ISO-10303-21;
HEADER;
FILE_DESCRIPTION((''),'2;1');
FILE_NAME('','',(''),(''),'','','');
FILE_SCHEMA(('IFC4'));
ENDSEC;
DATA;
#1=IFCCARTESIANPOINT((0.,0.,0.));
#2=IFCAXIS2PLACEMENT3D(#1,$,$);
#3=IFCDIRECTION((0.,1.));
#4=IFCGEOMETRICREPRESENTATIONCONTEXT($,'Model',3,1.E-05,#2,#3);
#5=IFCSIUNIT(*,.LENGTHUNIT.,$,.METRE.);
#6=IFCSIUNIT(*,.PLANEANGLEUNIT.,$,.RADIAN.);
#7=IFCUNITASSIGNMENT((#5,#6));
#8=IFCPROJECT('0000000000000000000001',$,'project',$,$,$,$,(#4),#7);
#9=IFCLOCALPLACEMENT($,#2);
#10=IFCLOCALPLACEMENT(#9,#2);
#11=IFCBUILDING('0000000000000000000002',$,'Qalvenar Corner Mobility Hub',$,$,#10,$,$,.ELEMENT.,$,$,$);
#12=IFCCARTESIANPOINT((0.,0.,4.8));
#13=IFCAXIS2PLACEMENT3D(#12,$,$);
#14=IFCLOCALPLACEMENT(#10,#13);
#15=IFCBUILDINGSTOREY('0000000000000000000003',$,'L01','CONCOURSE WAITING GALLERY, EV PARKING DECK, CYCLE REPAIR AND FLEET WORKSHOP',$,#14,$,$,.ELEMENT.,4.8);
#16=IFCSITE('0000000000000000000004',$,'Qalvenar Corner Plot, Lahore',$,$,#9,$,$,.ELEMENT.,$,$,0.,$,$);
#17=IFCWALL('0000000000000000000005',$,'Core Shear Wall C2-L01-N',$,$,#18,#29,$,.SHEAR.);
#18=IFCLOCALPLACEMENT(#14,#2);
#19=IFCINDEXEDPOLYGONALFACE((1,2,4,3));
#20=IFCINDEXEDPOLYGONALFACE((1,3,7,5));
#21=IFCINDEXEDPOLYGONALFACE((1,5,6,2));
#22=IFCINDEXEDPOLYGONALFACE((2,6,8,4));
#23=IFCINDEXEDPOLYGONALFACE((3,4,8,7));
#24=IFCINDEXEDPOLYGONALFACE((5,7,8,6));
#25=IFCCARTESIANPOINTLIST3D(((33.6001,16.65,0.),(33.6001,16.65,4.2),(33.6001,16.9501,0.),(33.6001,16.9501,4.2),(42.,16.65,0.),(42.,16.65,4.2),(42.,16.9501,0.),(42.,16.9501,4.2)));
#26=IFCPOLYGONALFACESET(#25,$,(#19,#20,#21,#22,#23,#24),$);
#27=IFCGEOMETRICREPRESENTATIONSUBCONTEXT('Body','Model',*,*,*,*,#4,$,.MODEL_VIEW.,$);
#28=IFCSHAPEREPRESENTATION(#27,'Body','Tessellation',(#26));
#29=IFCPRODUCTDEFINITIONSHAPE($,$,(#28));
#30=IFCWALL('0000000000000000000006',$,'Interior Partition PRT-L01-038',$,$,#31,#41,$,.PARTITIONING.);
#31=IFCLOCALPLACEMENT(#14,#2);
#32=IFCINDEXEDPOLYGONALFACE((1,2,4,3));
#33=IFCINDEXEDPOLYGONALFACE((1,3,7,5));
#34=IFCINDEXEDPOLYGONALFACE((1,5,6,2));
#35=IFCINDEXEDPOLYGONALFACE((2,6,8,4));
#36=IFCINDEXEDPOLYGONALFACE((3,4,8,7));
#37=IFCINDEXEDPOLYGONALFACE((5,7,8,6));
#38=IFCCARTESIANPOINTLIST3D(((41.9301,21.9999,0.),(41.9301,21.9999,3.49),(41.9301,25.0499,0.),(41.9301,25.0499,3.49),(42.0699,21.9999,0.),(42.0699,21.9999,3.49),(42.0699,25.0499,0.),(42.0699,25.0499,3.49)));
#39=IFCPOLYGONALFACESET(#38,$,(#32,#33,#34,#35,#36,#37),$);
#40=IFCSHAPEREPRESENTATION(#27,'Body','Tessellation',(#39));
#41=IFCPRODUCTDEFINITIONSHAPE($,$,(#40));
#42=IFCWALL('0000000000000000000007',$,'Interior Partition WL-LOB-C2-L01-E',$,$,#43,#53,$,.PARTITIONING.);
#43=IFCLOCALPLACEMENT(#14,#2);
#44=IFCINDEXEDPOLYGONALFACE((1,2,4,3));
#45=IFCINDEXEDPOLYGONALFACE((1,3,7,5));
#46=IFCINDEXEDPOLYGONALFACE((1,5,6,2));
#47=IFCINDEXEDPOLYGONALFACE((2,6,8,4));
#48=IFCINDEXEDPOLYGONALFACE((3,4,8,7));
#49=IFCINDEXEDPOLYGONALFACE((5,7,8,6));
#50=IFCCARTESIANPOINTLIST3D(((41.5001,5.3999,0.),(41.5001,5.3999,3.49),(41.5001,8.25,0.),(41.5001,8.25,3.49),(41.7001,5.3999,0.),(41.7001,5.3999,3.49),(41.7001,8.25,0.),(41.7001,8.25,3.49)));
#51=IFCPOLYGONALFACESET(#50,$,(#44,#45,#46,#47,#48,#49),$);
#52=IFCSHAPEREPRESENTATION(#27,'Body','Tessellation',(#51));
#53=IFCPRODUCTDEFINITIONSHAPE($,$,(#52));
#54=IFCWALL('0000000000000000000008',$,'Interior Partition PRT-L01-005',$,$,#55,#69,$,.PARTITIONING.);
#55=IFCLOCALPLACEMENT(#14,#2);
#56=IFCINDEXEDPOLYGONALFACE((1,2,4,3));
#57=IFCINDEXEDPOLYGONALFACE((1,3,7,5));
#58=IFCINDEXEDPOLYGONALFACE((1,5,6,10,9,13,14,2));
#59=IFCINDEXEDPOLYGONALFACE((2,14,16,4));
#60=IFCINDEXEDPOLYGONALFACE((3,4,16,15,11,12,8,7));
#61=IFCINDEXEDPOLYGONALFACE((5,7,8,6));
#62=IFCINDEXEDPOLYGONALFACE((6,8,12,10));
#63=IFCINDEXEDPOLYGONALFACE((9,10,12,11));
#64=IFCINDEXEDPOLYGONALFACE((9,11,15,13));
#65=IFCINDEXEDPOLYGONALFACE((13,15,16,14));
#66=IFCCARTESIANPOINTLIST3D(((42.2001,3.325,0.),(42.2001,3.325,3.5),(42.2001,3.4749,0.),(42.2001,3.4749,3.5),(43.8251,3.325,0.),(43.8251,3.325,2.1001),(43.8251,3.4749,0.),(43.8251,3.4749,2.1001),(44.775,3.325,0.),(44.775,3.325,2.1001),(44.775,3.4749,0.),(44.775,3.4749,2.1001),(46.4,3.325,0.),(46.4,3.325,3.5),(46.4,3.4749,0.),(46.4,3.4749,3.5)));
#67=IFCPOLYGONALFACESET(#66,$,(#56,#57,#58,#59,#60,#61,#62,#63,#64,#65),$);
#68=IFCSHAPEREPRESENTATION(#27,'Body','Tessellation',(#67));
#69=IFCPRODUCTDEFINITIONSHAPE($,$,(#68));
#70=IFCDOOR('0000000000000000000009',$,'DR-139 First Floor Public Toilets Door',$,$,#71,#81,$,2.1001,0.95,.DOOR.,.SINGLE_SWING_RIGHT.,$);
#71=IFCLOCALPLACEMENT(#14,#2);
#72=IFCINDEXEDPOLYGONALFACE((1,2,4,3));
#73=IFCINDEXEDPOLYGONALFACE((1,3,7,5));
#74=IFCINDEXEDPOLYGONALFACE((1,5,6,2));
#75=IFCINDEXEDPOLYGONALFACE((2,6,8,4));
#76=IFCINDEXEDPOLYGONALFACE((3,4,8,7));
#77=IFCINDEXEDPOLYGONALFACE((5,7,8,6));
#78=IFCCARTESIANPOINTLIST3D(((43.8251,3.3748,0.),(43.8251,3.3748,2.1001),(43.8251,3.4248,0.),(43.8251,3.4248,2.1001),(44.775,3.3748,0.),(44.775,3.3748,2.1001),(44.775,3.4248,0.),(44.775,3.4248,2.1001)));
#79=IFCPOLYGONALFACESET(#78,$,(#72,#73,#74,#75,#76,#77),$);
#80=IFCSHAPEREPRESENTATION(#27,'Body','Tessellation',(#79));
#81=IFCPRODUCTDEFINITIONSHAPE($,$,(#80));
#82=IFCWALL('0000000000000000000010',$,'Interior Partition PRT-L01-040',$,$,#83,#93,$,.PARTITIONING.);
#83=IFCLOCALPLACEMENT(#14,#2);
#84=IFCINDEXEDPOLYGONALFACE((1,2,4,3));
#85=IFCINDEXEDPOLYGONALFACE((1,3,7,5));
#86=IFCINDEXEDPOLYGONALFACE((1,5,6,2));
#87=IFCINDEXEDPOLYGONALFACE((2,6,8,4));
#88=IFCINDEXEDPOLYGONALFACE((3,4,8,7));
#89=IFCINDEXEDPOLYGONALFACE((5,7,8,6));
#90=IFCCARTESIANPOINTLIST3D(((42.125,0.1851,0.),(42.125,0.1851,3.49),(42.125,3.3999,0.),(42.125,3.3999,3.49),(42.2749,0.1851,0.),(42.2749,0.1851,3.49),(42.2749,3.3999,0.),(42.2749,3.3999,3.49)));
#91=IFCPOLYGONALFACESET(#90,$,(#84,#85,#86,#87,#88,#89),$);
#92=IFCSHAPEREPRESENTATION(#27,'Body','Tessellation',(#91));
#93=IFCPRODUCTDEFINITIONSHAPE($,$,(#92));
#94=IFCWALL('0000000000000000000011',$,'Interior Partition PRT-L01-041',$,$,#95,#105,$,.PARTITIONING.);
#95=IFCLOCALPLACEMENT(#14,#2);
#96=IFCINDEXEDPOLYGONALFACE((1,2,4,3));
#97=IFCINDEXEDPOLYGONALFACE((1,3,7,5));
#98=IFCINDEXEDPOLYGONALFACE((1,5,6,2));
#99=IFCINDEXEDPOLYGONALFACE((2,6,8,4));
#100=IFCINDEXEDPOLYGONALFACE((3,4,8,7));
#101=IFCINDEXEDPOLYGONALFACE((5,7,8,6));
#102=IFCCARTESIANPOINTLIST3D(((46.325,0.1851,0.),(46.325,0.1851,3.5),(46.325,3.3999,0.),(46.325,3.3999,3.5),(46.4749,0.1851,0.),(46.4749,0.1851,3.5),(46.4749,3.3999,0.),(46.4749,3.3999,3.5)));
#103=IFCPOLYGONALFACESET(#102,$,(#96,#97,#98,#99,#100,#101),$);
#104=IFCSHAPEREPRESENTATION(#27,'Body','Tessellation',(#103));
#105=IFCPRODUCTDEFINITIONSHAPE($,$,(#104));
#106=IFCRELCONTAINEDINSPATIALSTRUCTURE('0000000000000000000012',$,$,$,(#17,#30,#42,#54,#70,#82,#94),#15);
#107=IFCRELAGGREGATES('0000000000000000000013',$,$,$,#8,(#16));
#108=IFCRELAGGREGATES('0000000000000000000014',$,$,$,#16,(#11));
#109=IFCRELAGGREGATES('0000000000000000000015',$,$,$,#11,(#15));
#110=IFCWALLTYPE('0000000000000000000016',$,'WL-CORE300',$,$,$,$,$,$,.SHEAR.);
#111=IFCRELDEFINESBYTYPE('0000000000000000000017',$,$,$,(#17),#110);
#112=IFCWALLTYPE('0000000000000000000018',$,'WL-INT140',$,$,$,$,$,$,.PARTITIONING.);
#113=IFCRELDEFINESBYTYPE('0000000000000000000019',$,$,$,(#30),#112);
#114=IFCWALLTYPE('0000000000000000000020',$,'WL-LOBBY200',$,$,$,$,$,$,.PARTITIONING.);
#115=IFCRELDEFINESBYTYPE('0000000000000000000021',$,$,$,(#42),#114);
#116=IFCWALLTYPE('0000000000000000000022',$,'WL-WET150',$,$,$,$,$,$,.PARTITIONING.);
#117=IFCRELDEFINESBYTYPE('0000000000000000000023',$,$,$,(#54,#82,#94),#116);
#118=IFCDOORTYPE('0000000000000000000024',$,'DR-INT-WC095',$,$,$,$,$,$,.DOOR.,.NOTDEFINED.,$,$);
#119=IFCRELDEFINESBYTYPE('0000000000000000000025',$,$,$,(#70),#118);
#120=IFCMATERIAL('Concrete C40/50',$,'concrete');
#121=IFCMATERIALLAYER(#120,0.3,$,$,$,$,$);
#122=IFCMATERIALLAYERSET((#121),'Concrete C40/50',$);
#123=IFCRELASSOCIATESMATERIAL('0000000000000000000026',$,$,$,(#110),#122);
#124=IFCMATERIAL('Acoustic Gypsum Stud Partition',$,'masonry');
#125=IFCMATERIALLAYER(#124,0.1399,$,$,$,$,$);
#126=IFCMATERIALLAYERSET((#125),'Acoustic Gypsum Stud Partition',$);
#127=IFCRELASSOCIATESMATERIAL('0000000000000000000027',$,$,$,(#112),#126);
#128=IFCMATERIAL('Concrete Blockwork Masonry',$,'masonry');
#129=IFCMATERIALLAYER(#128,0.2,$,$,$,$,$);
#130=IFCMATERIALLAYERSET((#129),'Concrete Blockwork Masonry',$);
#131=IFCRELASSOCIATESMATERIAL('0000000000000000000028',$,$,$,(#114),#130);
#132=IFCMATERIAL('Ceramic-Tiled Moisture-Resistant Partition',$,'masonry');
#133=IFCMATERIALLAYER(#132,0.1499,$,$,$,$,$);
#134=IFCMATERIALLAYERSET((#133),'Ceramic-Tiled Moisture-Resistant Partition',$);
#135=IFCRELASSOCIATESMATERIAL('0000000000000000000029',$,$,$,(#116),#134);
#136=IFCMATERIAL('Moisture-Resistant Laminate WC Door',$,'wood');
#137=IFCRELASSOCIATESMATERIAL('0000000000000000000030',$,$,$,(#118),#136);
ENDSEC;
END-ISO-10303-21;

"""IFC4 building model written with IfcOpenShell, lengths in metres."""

from ifc_helpers import new_model, si_unit, direction, frame, frame_2d, origin, place, context, subcontext, project, spatial, rectangle, extrude, material, layer, layer_set, type_object, element, fill, save


model = new_model("IFC4")

# Units and contexts
model_context = context("Model", 3, precision=1e-05, world=origin(), true_north=direction((0.0, 1.0)))
body_context = subcontext(model_context, "Body", "Model", "MODEL_VIEW")
ifc_project = project(units=[si_unit("LENGTHUNIT", "METRE"), si_unit("PLANEANGLEUNIT", "RADIAN")], contexts=[model_context])

# Site, building, storey
site_placement = place(None, origin())
site = spatial("IfcSite", under=ifc_project, at=site_placement, Name="Qalvenar Corner Plot, Lahore", CompositionType="ELEMENT", RefElevation=0.0)
building_placement = place(site_placement, origin())
building = spatial("IfcBuilding", under=site, at=building_placement, Name="Qalvenar Corner Mobility Hub", CompositionType="ELEMENT")
storey_placement = place(building_placement, frame((0.0, 0.0, 4.8)))
storey = spatial("IfcBuildingStorey", under=building, at=storey_placement, Name="L01", Description="CONCOURSE WAITING GALLERY, EV PARKING DECK, CYCLE REPAIR AND FLEET WORKSHOP", CompositionType="ELEMENT", Elevation=4.8)

# Walls
ifc_material_1 = material(Name="Concrete C40/50", Category="concrete")
ifc_layer_1 = layer(ifc_material_1, 0.3)
ifc_layer_set_1 = layer_set([ifc_layer_1], Name="Concrete C40/50")
wall_type_1 = type_object("IfcWallType", Name="WL-CORE300", PredefinedType="SHEAR", material=ifc_layer_set_1)
wall_1_placement = place(storey_placement, frame((42.0, 16.8, 0.0), z_axis=(0.0, 0.0, 1.0), x_axis=(-1.0, 0.0, 0.0)))
element("IfcWall", 1, at=wall_1_placement, inside=storey, type_object=wall_type_1, Name="Core Shear Wall C2-L01-N", PredefinedType="SHEAR", context=body_context, shape_type="SweptSolid", body=[
    extrude(rectangle(XDim=8.3999, YDim=0.3, at=frame_2d((4.2, 0.0))), origin(), (0.0, 0.0, 1.0), 4.2),
])
ifc_material_2 = material(Name="Acoustic Gypsum Stud Partition", Category="masonry")
ifc_layer_2 = layer(ifc_material_2, 0.1399)
ifc_layer_set_2 = layer_set([ifc_layer_2], Name="Acoustic Gypsum Stud Partition")
wall_type_2 = type_object("IfcWallType", Name="WL-INT140", PredefinedType="PARTITIONING", material=ifc_layer_set_2)
wall_2_placement = place(storey_placement, frame((42.0, 22.0, 0.0), z_axis=(0.0, 0.0, 1.0), x_axis=(0.0, 1.0, 0.0)))
element("IfcWall", 2, at=wall_2_placement, inside=storey, type_object=wall_type_2, Name="Interior Partition PRT-L01-038", PredefinedType="PARTITIONING", context=body_context, shape_type="SweptSolid", body=[
    extrude(rectangle(XDim=3.05, YDim=0.1399, at=frame_2d((1.5249, 0.0))), origin(), (0.0, 0.0, 1.0), 3.49),
])
ifc_material_3 = material(Name="Concrete Blockwork Masonry", Category="masonry")
ifc_layer_3 = layer(ifc_material_3, 0.2)
ifc_layer_set_3 = layer_set([ifc_layer_3], Name="Concrete Blockwork Masonry")
wall_type_3 = type_object("IfcWallType", Name="WL-LOBBY200", PredefinedType="PARTITIONING", material=ifc_layer_set_3)
wall_3_placement = place(storey_placement, frame((41.6001, 5.3999, 0.0), z_axis=(0.0, 0.0, 1.0), x_axis=(0.0, 1.0, 0.0)))
element("IfcWall", 3, at=wall_3_placement, inside=storey, type_object=wall_type_3, Name="Interior Partition WL-LOB-C2-L01-E", PredefinedType="PARTITIONING", context=body_context, shape_type="SweptSolid", body=[
    extrude(rectangle(XDim=2.8501, YDim=0.2, at=frame_2d((1.425, 0.0))), origin(), (0.0, 0.0, 1.0), 3.49),
])

# Wall, opening, door
ifc_material_4 = material(Name="Ceramic-Tiled Moisture-Resistant Partition", Category="masonry")
ifc_layer_4 = layer(ifc_material_4, 0.1499)
ifc_layer_set_4 = layer_set([ifc_layer_4], Name="Ceramic-Tiled Moisture-Resistant Partition")
wall_type_4 = type_object("IfcWallType", Name="WL-WET150", PredefinedType="PARTITIONING", material=ifc_layer_set_4)
wall_4_placement = place(storey_placement, frame((42.2, 3.3999, 0.0), z_axis=(0.0, 0.0, 1.0), x_axis=(1.0, 0.0, 0.0)))
wall_4 = element("IfcWall", 4, at=wall_4_placement, inside=storey, type_object=wall_type_4, Name="Interior Partition PRT-L01-005", PredefinedType="PARTITIONING", context=body_context, shape_type="SweptSolid", body=[
    extrude(rectangle(XDim=4.2, YDim=0.1499, at=frame_2d((2.1001, 0.0))), origin(), (0.0, 0.0, 1.0), 3.5),
])
opening_1_placement = place(wall_4_placement, frame((1.625, 0.0, 0.0)))
opening_1 = element("IfcOpeningElement", 5, at=opening_1_placement, cuts=wall_4, PredefinedType="OPENING", context=body_context, shape_type="SweptSolid", body=[
    extrude(rectangle(XDim=0.95, YDim=2.1001, at=frame_2d((0.4751, 1.05))), frame((0.0, 0.085, 0.0), z_axis=(0.0, -1.0, 0.0), x_axis=(1.0, 0.0, 0.0)), (0.0, 0.0, 1.0), 0.1699),
])
ifc_material_5 = material(Name="Moisture-Resistant Laminate WC Door", Category="wood")
door_type_1 = type_object("IfcDoorType", Name="DR-INT-WC095", OperationType="NOTDEFINED", PredefinedType="DOOR", material=ifc_material_5)
door_1_placement = place(opening_1_placement, origin())
door_1 = element("IfcDoor", 6, at=door_1_placement, inside=storey, type_object=door_type_1, Name="DR-139 First Floor Public Toilets Door", OperationType="SINGLE_SWING_RIGHT", OverallHeight=2.1001, OverallWidth=0.95, PredefinedType="DOOR", context=body_context, shape_type="SweptSolid", body=[
    extrude(rectangle(XDim=0.95, YDim=2.1001, at=frame_2d((0.4751, 1.05))), frame((0.0, 0.0249, 0.0), z_axis=(0.0, -1.0, 0.0), x_axis=(1.0, 0.0, 0.0)), (0.0, 0.0, 1.0), 0.05),
])
fill(opening_1, door_1)

# Walls
wall_5_placement = place(storey_placement, frame((42.2, 0.1851, 0.0), z_axis=(0.0, 0.0, 1.0), x_axis=(0.0, 1.0, 0.0)))
element("IfcWall", 7, at=wall_5_placement, inside=storey, type_object=wall_type_4, Name="Interior Partition PRT-L01-040", PredefinedType="PARTITIONING", context=body_context, shape_type="SweptSolid", body=[
    extrude(rectangle(XDim=3.2148, YDim=0.1499, at=frame_2d((1.6074, 0.0))), origin(), (0.0, 0.0, 1.0), 3.49),
])
wall_6_placement = place(storey_placement, frame((46.3999, 0.1851, 0.0), z_axis=(0.0, 0.0, 1.0), x_axis=(0.0, 1.0, 0.0)))
element("IfcWall", 8, at=wall_6_placement, inside=storey, type_object=wall_type_4, Name="Interior Partition PRT-L01-041", PredefinedType="PARTITIONING", context=body_context, shape_type="SweptSolid", body=[
    extrude(rectangle(XDim=3.2148, YDim=0.1499, at=frame_2d((1.6074, 0.0))), origin(), (0.0, 0.0, 1.0), 3.5),
])

save(model, "model.ifc")
